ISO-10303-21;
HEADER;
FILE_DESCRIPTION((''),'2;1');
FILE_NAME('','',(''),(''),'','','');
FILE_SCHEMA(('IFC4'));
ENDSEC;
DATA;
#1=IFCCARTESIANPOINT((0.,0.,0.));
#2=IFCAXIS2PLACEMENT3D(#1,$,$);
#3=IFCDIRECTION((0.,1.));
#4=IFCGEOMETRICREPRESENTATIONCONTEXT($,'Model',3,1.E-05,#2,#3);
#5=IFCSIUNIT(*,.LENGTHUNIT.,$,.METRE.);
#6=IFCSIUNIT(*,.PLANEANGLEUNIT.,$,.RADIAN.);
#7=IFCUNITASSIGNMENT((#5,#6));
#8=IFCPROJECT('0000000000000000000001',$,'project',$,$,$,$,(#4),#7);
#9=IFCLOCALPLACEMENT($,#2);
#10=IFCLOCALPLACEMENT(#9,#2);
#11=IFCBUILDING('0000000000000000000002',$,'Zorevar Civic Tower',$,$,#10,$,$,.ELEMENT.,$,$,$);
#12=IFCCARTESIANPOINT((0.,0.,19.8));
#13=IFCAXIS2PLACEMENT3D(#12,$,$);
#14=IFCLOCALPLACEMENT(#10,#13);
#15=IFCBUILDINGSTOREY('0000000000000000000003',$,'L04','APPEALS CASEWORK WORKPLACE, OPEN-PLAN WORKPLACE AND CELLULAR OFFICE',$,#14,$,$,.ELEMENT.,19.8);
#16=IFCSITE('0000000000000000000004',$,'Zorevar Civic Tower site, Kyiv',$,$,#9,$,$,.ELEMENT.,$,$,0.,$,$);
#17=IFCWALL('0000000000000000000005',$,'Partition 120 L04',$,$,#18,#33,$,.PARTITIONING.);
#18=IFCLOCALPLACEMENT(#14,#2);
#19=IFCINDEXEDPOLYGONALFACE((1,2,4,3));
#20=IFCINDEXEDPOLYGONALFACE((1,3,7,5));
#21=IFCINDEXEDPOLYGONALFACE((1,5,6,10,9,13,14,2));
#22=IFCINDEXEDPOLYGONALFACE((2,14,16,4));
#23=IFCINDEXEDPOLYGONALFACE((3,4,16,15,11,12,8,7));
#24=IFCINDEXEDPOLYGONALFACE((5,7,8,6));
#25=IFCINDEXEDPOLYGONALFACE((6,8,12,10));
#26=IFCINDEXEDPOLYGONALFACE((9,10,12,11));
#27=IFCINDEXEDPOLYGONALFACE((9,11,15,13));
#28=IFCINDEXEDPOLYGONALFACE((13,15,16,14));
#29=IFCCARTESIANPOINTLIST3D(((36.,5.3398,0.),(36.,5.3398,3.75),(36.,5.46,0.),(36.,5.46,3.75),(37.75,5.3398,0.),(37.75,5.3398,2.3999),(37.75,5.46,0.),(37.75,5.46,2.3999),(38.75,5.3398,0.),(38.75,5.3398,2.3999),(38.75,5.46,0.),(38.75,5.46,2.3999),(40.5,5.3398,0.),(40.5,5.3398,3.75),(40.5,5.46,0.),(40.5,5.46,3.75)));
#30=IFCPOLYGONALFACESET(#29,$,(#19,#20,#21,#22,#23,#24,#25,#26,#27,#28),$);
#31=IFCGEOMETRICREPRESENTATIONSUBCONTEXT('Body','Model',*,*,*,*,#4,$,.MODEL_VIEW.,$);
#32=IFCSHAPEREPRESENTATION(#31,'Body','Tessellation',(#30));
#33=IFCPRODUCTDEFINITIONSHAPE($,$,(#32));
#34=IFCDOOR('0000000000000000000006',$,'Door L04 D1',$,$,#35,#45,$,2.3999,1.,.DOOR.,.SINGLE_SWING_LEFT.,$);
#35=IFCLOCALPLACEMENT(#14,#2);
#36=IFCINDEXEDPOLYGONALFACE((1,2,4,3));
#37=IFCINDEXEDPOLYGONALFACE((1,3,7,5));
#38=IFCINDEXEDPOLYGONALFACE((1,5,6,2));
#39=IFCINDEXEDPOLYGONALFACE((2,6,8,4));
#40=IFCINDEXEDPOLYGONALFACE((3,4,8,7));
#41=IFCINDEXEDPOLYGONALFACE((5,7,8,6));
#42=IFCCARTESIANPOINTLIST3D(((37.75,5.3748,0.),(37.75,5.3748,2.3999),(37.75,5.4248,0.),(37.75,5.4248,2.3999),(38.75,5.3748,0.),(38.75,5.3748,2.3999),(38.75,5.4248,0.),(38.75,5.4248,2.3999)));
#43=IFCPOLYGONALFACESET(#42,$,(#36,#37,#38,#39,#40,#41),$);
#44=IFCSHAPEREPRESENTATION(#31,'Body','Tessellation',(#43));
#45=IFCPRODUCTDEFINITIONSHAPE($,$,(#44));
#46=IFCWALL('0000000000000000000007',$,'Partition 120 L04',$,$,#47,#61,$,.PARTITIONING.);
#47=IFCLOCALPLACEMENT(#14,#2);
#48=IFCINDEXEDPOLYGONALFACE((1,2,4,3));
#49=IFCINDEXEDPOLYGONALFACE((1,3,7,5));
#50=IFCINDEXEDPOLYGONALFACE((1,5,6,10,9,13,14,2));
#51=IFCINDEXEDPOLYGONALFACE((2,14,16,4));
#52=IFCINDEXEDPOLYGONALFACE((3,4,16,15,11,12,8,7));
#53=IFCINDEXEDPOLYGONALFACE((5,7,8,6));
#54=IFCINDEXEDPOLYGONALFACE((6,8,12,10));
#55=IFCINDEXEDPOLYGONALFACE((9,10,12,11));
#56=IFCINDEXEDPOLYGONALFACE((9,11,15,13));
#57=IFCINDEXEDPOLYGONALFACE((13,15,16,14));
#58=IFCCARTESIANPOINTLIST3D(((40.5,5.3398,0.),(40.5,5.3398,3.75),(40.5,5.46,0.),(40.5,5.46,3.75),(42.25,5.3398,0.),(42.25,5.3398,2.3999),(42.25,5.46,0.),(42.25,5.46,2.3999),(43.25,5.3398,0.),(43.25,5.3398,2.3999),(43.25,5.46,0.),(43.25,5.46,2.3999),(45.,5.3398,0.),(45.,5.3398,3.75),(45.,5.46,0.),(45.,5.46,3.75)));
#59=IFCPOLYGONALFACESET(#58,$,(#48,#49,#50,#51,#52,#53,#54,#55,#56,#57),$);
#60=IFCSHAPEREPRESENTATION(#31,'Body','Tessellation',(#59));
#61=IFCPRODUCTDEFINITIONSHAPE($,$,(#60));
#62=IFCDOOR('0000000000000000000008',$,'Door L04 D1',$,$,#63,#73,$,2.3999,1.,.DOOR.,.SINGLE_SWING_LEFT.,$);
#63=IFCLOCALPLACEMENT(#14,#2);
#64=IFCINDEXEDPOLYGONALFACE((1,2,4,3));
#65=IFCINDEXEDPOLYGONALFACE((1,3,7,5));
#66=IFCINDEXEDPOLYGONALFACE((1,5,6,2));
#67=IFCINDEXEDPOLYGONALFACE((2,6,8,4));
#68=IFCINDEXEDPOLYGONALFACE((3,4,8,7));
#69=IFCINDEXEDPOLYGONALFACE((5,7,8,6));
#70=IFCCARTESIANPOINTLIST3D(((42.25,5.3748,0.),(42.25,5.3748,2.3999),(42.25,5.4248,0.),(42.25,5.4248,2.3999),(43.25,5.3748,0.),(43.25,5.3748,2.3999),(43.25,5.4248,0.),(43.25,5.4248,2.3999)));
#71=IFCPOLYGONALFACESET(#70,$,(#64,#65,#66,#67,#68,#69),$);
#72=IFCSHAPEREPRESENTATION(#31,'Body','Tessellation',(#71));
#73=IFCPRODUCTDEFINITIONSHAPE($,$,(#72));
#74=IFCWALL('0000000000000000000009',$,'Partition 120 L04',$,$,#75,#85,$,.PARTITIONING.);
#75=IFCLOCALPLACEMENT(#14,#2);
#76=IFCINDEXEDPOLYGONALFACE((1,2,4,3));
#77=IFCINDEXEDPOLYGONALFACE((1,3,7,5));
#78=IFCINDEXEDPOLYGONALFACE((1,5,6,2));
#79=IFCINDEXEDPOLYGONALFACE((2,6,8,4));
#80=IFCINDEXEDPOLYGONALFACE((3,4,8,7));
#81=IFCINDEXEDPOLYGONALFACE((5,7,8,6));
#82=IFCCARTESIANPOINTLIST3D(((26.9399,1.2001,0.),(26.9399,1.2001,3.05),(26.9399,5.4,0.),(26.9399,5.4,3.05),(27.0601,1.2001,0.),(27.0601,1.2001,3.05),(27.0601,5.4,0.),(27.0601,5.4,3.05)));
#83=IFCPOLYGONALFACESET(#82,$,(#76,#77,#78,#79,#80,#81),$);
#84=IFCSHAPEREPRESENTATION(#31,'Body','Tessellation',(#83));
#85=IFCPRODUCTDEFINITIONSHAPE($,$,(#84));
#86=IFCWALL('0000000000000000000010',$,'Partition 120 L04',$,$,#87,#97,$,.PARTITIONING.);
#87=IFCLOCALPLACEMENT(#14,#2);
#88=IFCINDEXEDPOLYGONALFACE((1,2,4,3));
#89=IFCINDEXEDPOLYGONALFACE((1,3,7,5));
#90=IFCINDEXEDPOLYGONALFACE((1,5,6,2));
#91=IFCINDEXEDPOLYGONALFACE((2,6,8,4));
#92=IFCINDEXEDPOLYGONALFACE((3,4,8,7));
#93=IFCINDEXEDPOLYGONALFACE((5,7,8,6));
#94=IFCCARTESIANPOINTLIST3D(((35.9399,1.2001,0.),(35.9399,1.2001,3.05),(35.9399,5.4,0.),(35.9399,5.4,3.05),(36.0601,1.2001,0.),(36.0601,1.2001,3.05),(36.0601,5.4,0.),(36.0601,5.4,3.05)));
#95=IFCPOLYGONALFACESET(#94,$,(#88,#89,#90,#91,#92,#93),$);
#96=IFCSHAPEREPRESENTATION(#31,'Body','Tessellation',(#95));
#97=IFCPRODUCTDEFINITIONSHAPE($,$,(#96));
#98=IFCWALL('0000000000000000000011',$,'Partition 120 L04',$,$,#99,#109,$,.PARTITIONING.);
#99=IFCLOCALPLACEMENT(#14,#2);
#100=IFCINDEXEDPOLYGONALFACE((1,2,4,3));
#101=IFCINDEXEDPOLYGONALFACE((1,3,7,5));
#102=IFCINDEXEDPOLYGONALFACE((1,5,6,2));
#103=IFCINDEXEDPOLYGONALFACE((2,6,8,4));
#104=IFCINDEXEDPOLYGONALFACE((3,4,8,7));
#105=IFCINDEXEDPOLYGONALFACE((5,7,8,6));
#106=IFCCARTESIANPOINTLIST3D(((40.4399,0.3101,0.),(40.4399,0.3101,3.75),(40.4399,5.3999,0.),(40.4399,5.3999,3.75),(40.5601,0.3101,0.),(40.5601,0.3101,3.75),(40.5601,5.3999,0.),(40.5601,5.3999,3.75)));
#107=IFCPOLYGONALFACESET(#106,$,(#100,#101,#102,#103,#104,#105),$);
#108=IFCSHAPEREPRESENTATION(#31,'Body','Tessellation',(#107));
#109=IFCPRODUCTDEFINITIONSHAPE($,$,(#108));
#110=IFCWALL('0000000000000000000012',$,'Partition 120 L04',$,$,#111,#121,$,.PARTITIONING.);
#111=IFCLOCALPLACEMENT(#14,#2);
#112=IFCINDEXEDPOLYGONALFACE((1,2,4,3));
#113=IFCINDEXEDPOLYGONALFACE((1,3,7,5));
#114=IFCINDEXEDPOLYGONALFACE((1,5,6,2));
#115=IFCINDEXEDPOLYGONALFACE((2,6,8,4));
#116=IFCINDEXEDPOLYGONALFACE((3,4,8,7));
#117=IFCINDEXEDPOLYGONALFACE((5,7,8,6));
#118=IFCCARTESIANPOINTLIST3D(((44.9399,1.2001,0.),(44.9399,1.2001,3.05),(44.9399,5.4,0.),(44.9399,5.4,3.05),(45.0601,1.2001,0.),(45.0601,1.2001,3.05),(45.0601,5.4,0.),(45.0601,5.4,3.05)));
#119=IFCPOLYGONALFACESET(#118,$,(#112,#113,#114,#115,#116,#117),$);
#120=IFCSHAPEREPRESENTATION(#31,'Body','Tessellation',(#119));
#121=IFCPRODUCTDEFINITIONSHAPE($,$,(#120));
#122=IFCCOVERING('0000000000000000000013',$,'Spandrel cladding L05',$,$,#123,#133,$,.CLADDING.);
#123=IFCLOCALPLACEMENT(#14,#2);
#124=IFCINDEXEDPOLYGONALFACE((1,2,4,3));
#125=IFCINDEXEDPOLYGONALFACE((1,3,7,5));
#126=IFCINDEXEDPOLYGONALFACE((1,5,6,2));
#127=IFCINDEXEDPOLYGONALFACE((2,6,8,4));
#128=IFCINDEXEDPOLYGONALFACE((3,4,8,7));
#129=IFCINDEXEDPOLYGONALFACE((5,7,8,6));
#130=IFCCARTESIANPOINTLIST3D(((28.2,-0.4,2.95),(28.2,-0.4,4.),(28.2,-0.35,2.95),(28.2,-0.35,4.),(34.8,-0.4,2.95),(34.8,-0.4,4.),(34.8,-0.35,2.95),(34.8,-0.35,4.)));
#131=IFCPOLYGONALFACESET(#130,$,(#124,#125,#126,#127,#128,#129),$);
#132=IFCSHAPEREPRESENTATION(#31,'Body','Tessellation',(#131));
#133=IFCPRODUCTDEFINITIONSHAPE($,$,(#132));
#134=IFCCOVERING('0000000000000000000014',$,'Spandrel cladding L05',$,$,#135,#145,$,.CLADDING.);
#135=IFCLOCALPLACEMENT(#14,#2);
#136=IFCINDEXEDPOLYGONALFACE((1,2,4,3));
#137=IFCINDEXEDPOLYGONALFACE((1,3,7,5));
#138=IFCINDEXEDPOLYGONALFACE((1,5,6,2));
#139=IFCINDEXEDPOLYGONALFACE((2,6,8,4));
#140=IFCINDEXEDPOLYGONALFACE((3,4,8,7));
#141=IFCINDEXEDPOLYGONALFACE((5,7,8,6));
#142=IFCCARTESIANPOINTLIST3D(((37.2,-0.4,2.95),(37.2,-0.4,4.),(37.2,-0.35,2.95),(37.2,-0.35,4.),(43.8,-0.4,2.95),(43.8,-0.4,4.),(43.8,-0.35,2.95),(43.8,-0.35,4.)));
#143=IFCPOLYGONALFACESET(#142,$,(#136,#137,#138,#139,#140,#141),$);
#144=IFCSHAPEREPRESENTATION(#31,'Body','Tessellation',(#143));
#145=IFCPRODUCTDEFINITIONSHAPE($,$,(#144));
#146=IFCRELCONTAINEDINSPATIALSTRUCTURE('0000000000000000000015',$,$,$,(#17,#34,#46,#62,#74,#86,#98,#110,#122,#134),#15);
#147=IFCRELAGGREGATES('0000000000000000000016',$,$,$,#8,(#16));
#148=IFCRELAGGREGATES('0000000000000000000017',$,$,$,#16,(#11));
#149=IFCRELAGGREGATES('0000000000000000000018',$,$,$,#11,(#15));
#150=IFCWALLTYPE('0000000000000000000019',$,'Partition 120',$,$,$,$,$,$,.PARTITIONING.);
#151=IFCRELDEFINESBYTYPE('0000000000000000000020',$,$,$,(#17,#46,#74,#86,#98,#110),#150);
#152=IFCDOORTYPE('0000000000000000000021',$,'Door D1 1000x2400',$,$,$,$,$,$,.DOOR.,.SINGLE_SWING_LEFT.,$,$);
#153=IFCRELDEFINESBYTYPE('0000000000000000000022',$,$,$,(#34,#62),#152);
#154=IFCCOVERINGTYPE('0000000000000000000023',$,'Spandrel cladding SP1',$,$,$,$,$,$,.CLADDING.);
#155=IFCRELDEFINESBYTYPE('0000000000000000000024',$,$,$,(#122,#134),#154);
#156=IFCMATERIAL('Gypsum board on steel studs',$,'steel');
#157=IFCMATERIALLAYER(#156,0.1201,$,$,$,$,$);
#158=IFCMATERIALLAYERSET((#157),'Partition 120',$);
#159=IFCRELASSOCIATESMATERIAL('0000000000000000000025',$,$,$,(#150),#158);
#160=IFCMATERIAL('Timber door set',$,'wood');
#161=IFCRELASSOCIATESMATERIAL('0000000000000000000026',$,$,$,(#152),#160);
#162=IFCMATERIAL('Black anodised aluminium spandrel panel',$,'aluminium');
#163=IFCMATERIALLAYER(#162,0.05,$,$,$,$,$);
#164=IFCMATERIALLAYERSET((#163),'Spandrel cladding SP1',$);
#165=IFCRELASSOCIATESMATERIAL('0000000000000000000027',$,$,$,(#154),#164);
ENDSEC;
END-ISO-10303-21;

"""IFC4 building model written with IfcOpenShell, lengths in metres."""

from ifc_helpers import new_model, si_unit, direction, frame, frame_2d, origin, place, context, subcontext, project, spatial, rectangle, extrude, material, layer, layer_set, type_object, element, fill, save


model = new_model("IFC4")

# Units and contexts
model_context = context("Model", 3, precision=1e-05, world=origin(), true_north=direction((0.0, 1.0)))
body_context = subcontext(model_context, "Body", "Model", "MODEL_VIEW")
ifc_project = project(units=[si_unit("LENGTHUNIT", "METRE"), si_unit("PLANEANGLEUNIT", "RADIAN")], contexts=[model_context])

# Site, building, storey
site_placement = place(None, origin())
site = spatial("IfcSite", under=ifc_project, at=site_placement, Name="Zorevar Civic Tower site, Kyiv", CompositionType="ELEMENT", RefElevation=0.0)
building_placement = place(site_placement, origin())
building = spatial("IfcBuilding", under=site, at=building_placement, Name="Zorevar Civic Tower", CompositionType="ELEMENT")
storey_placement = place(building_placement, frame((0.0, 0.0, 19.8)))
storey = spatial("IfcBuildingStorey", under=building, at=storey_placement, Name="L04", Description="APPEALS CASEWORK WORKPLACE, OPEN-PLAN WORKPLACE AND CELLULAR OFFICE", CompositionType="ELEMENT", Elevation=19.8)

# Walls, openings, doors
ifc_material_1 = material(Name="Gypsum board on steel studs", Category="steel")
ifc_layer_1 = layer(ifc_material_1, 0.1201)
ifc_layer_set_1 = layer_set([ifc_layer_1], Name="Partition 120")
wall_type = type_object("IfcWallType", Name="Partition 120", PredefinedType="PARTITIONING", material=ifc_layer_set_1)
wall_1_placement = place(storey_placement, frame((36.0, 5.3999, 0.0), z_axis=(0.0, 0.0, 1.0), x_axis=(1.0, 0.0, 0.0)))
wall_1 = element("IfcWall", 1, at=wall_1_placement, inside=storey, type_object=wall_type, Name="Partition 120 L04", PredefinedType="PARTITIONING", context=body_context, shape_type="SweptSolid", body=[
    extrude(rectangle(XDim=4.5, YDim=0.1201, at=frame_2d((2.25, 0.0))), origin(), (0.0, 0.0, 1.0), 3.75),
])
opening_1_placement = place(wall_1_placement, frame((1.75, 0.0, 0.0)))
opening_1 = element("IfcOpeningElement", 2, at=opening_1_placement, cuts=wall_1, PredefinedType="OPENING", context=body_context, shape_type="SweptSolid", body=[
    extrude(rectangle(XDim=1.0, YDim=2.3999, at=frame_2d((0.5, 1.2))), frame((0.0, 0.0701, 0.0), z_axis=(0.0, -1.0, 0.0), x_axis=(1.0, 0.0, 0.0)), (0.0, 0.0, 1.0), 0.1401),
])
ifc_material_2 = material(Name="Timber door set", Category="wood")
door_type_1 = type_object("IfcDoorType", Name="Door D1 1000x2400", OperationType="SINGLE_SWING_LEFT", PredefinedType="DOOR", material=ifc_material_2)
door_1_placement = place(opening_1_placement, origin())
door_1 = element("IfcDoor", 3, at=door_1_placement, inside=storey, type_object=door_type_1, Name="Door L04 D1", OperationType="SINGLE_SWING_LEFT", OverallHeight=2.3999, OverallWidth=1.0, PredefinedType="DOOR", context=body_context, shape_type="SweptSolid", body=[
    extrude(rectangle(XDim=1.0, YDim=2.3999, at=frame_2d((0.5, 1.2))), frame((0.0, 0.0249, 0.0), z_axis=(0.0, -1.0, 0.0), x_axis=(1.0, 0.0, 0.0)), (0.0, 0.0, 1.0), 0.05),
])
fill(opening_1, door_1)
wall_2_placement = place(storey_placement, frame((40.5, 5.3999, 0.0), z_axis=(0.0, 0.0, 1.0), x_axis=(1.0, 0.0, 0.0)))
wall_2 = element("IfcWall", 4, at=wall_2_placement, inside=storey, type_object=wall_type, Name="Partition 120 L04", PredefinedType="PARTITIONING", context=body_context, shape_type="SweptSolid", body=[
    extrude(rectangle(XDim=4.5, YDim=0.1201, at=frame_2d((2.25, 0.0))), origin(), (0.0, 0.0, 1.0), 3.75),
])
opening_2_placement = place(wall_2_placement, frame((1.75, 0.0, 0.0)))
opening_2 = element("IfcOpeningElement", 5, at=opening_2_placement, cuts=wall_2, PredefinedType="OPENING", context=body_context, shape_type="SweptSolid", body=[
    extrude(rectangle(XDim=1.0, YDim=2.3999, at=frame_2d((0.5, 1.2))), frame((0.0, 0.0701, 0.0), z_axis=(0.0, -1.0, 0.0), x_axis=(1.0, 0.0, 0.0)), (0.0, 0.0, 1.0), 0.1401),
])
door_2_placement = place(opening_2_placement, origin())
door_2 = element("IfcDoor", 6, at=door_2_placement, inside=storey, type_object=door_type_1, Name="Door L04 D1", OperationType="SINGLE_SWING_LEFT", OverallHeight=2.3999, OverallWidth=1.0, PredefinedType="DOOR", context=body_context, shape_type="SweptSolid", body=[
    extrude(rectangle(XDim=1.0, YDim=2.3999, at=frame_2d((0.5, 1.2))), frame((0.0, 0.0249, 0.0), z_axis=(0.0, -1.0, 0.0), x_axis=(1.0, 0.0, 0.0)), (0.0, 0.0, 1.0), 0.05),
])
fill(opening_2, door_2)

# Walls
for number, where, z_axis, x_axis, name in (
    (7, (27.0, 1.2, 0.0), (0.0, 0.0, 1.0), (0.0, 1.0, 0.0), "Partition 120 L04"),
    (8, (36.0, 1.2, 0.0), (0.0, 0.0, 1.0), (0.0, 1.0, 0.0), "Partition 120 L04"),
):
    element("IfcWall", number, at=place(storey_placement, frame(where, z_axis=z_axis, x_axis=x_axis)), inside=storey, type_object=wall_type, Name=name, PredefinedType="PARTITIONING", context=body_context, shape_type="SweptSolid", body=[
        extrude(rectangle(XDim=4.2, YDim=0.1201, at=frame_2d((2.1001, 0.0))), origin(), (0.0, 0.0, 1.0), 3.05),
    ])
wall_3_placement = place(storey_placement, frame((40.5, 0.3101, 0.0), z_axis=(0.0, 0.0, 1.0), x_axis=(0.0, 1.0, 0.0)))
element("IfcWall", 9, at=wall_3_placement, inside=storey, type_object=wall_type, Name="Partition 120 L04", PredefinedType="PARTITIONING", context=body_context, shape_type="SweptSolid", body=[
    extrude(rectangle(XDim=5.0898, YDim=0.1201, at=frame_2d((2.5449, 0.0))), origin(), (0.0, 0.0, 1.0), 3.75),
])
wall_4_placement = place(storey_placement, frame((45.0, 1.2, 0.0), z_axis=(0.0, 0.0, 1.0), x_axis=(0.0, 1.0, 0.0)))
element("IfcWall", 10, at=wall_4_placement, inside=storey, type_object=wall_type, Name="Partition 120 L04", PredefinedType="PARTITIONING", context=body_context, shape_type="SweptSolid", body=[
    extrude(rectangle(XDim=4.2, YDim=0.1201, at=frame_2d((2.1001, 0.0))), origin(), (0.0, 0.0, 1.0), 3.05),
])

# Coverings
ifc_material_3 = material(Name="Black anodised aluminium spandrel panel", Category="aluminium")
ifc_layer_2 = layer(ifc_material_3, 0.05)
ifc_layer_set_2 = layer_set([ifc_layer_2], Name="Spandrel cladding SP1")
covering_type = type_object("IfcCoveringType", Name="Spandrel cladding SP1", PredefinedType="CLADDING", material=ifc_layer_set_2)
for number, where, z_axis, x_axis, name in (
    (11, (28.2, -0.375, 2.95), (0.0, 0.0, 1.0), (1.0, 0.0, 0.0), "Spandrel cladding L05"),
    (12, (37.2, -0.375, 2.95), (0.0, 0.0, 1.0), (1.0, 0.0, 0.0), "Spandrel cladding L05"),
):
    element("IfcCovering", number, at=place(storey_placement, frame(where, z_axis=z_axis, x_axis=x_axis)), inside=storey, type_object=covering_type, Name=name, PredefinedType="CLADDING", context=body_context, shape_type="SweptSolid", body=[
        extrude(rectangle(XDim=6.6001, YDim=0.05, at=frame_2d((3.3, 0.0))), origin(), (0.0, 0.0, 1.0), 1.05),
    ])

save(model, "model.ifc")
